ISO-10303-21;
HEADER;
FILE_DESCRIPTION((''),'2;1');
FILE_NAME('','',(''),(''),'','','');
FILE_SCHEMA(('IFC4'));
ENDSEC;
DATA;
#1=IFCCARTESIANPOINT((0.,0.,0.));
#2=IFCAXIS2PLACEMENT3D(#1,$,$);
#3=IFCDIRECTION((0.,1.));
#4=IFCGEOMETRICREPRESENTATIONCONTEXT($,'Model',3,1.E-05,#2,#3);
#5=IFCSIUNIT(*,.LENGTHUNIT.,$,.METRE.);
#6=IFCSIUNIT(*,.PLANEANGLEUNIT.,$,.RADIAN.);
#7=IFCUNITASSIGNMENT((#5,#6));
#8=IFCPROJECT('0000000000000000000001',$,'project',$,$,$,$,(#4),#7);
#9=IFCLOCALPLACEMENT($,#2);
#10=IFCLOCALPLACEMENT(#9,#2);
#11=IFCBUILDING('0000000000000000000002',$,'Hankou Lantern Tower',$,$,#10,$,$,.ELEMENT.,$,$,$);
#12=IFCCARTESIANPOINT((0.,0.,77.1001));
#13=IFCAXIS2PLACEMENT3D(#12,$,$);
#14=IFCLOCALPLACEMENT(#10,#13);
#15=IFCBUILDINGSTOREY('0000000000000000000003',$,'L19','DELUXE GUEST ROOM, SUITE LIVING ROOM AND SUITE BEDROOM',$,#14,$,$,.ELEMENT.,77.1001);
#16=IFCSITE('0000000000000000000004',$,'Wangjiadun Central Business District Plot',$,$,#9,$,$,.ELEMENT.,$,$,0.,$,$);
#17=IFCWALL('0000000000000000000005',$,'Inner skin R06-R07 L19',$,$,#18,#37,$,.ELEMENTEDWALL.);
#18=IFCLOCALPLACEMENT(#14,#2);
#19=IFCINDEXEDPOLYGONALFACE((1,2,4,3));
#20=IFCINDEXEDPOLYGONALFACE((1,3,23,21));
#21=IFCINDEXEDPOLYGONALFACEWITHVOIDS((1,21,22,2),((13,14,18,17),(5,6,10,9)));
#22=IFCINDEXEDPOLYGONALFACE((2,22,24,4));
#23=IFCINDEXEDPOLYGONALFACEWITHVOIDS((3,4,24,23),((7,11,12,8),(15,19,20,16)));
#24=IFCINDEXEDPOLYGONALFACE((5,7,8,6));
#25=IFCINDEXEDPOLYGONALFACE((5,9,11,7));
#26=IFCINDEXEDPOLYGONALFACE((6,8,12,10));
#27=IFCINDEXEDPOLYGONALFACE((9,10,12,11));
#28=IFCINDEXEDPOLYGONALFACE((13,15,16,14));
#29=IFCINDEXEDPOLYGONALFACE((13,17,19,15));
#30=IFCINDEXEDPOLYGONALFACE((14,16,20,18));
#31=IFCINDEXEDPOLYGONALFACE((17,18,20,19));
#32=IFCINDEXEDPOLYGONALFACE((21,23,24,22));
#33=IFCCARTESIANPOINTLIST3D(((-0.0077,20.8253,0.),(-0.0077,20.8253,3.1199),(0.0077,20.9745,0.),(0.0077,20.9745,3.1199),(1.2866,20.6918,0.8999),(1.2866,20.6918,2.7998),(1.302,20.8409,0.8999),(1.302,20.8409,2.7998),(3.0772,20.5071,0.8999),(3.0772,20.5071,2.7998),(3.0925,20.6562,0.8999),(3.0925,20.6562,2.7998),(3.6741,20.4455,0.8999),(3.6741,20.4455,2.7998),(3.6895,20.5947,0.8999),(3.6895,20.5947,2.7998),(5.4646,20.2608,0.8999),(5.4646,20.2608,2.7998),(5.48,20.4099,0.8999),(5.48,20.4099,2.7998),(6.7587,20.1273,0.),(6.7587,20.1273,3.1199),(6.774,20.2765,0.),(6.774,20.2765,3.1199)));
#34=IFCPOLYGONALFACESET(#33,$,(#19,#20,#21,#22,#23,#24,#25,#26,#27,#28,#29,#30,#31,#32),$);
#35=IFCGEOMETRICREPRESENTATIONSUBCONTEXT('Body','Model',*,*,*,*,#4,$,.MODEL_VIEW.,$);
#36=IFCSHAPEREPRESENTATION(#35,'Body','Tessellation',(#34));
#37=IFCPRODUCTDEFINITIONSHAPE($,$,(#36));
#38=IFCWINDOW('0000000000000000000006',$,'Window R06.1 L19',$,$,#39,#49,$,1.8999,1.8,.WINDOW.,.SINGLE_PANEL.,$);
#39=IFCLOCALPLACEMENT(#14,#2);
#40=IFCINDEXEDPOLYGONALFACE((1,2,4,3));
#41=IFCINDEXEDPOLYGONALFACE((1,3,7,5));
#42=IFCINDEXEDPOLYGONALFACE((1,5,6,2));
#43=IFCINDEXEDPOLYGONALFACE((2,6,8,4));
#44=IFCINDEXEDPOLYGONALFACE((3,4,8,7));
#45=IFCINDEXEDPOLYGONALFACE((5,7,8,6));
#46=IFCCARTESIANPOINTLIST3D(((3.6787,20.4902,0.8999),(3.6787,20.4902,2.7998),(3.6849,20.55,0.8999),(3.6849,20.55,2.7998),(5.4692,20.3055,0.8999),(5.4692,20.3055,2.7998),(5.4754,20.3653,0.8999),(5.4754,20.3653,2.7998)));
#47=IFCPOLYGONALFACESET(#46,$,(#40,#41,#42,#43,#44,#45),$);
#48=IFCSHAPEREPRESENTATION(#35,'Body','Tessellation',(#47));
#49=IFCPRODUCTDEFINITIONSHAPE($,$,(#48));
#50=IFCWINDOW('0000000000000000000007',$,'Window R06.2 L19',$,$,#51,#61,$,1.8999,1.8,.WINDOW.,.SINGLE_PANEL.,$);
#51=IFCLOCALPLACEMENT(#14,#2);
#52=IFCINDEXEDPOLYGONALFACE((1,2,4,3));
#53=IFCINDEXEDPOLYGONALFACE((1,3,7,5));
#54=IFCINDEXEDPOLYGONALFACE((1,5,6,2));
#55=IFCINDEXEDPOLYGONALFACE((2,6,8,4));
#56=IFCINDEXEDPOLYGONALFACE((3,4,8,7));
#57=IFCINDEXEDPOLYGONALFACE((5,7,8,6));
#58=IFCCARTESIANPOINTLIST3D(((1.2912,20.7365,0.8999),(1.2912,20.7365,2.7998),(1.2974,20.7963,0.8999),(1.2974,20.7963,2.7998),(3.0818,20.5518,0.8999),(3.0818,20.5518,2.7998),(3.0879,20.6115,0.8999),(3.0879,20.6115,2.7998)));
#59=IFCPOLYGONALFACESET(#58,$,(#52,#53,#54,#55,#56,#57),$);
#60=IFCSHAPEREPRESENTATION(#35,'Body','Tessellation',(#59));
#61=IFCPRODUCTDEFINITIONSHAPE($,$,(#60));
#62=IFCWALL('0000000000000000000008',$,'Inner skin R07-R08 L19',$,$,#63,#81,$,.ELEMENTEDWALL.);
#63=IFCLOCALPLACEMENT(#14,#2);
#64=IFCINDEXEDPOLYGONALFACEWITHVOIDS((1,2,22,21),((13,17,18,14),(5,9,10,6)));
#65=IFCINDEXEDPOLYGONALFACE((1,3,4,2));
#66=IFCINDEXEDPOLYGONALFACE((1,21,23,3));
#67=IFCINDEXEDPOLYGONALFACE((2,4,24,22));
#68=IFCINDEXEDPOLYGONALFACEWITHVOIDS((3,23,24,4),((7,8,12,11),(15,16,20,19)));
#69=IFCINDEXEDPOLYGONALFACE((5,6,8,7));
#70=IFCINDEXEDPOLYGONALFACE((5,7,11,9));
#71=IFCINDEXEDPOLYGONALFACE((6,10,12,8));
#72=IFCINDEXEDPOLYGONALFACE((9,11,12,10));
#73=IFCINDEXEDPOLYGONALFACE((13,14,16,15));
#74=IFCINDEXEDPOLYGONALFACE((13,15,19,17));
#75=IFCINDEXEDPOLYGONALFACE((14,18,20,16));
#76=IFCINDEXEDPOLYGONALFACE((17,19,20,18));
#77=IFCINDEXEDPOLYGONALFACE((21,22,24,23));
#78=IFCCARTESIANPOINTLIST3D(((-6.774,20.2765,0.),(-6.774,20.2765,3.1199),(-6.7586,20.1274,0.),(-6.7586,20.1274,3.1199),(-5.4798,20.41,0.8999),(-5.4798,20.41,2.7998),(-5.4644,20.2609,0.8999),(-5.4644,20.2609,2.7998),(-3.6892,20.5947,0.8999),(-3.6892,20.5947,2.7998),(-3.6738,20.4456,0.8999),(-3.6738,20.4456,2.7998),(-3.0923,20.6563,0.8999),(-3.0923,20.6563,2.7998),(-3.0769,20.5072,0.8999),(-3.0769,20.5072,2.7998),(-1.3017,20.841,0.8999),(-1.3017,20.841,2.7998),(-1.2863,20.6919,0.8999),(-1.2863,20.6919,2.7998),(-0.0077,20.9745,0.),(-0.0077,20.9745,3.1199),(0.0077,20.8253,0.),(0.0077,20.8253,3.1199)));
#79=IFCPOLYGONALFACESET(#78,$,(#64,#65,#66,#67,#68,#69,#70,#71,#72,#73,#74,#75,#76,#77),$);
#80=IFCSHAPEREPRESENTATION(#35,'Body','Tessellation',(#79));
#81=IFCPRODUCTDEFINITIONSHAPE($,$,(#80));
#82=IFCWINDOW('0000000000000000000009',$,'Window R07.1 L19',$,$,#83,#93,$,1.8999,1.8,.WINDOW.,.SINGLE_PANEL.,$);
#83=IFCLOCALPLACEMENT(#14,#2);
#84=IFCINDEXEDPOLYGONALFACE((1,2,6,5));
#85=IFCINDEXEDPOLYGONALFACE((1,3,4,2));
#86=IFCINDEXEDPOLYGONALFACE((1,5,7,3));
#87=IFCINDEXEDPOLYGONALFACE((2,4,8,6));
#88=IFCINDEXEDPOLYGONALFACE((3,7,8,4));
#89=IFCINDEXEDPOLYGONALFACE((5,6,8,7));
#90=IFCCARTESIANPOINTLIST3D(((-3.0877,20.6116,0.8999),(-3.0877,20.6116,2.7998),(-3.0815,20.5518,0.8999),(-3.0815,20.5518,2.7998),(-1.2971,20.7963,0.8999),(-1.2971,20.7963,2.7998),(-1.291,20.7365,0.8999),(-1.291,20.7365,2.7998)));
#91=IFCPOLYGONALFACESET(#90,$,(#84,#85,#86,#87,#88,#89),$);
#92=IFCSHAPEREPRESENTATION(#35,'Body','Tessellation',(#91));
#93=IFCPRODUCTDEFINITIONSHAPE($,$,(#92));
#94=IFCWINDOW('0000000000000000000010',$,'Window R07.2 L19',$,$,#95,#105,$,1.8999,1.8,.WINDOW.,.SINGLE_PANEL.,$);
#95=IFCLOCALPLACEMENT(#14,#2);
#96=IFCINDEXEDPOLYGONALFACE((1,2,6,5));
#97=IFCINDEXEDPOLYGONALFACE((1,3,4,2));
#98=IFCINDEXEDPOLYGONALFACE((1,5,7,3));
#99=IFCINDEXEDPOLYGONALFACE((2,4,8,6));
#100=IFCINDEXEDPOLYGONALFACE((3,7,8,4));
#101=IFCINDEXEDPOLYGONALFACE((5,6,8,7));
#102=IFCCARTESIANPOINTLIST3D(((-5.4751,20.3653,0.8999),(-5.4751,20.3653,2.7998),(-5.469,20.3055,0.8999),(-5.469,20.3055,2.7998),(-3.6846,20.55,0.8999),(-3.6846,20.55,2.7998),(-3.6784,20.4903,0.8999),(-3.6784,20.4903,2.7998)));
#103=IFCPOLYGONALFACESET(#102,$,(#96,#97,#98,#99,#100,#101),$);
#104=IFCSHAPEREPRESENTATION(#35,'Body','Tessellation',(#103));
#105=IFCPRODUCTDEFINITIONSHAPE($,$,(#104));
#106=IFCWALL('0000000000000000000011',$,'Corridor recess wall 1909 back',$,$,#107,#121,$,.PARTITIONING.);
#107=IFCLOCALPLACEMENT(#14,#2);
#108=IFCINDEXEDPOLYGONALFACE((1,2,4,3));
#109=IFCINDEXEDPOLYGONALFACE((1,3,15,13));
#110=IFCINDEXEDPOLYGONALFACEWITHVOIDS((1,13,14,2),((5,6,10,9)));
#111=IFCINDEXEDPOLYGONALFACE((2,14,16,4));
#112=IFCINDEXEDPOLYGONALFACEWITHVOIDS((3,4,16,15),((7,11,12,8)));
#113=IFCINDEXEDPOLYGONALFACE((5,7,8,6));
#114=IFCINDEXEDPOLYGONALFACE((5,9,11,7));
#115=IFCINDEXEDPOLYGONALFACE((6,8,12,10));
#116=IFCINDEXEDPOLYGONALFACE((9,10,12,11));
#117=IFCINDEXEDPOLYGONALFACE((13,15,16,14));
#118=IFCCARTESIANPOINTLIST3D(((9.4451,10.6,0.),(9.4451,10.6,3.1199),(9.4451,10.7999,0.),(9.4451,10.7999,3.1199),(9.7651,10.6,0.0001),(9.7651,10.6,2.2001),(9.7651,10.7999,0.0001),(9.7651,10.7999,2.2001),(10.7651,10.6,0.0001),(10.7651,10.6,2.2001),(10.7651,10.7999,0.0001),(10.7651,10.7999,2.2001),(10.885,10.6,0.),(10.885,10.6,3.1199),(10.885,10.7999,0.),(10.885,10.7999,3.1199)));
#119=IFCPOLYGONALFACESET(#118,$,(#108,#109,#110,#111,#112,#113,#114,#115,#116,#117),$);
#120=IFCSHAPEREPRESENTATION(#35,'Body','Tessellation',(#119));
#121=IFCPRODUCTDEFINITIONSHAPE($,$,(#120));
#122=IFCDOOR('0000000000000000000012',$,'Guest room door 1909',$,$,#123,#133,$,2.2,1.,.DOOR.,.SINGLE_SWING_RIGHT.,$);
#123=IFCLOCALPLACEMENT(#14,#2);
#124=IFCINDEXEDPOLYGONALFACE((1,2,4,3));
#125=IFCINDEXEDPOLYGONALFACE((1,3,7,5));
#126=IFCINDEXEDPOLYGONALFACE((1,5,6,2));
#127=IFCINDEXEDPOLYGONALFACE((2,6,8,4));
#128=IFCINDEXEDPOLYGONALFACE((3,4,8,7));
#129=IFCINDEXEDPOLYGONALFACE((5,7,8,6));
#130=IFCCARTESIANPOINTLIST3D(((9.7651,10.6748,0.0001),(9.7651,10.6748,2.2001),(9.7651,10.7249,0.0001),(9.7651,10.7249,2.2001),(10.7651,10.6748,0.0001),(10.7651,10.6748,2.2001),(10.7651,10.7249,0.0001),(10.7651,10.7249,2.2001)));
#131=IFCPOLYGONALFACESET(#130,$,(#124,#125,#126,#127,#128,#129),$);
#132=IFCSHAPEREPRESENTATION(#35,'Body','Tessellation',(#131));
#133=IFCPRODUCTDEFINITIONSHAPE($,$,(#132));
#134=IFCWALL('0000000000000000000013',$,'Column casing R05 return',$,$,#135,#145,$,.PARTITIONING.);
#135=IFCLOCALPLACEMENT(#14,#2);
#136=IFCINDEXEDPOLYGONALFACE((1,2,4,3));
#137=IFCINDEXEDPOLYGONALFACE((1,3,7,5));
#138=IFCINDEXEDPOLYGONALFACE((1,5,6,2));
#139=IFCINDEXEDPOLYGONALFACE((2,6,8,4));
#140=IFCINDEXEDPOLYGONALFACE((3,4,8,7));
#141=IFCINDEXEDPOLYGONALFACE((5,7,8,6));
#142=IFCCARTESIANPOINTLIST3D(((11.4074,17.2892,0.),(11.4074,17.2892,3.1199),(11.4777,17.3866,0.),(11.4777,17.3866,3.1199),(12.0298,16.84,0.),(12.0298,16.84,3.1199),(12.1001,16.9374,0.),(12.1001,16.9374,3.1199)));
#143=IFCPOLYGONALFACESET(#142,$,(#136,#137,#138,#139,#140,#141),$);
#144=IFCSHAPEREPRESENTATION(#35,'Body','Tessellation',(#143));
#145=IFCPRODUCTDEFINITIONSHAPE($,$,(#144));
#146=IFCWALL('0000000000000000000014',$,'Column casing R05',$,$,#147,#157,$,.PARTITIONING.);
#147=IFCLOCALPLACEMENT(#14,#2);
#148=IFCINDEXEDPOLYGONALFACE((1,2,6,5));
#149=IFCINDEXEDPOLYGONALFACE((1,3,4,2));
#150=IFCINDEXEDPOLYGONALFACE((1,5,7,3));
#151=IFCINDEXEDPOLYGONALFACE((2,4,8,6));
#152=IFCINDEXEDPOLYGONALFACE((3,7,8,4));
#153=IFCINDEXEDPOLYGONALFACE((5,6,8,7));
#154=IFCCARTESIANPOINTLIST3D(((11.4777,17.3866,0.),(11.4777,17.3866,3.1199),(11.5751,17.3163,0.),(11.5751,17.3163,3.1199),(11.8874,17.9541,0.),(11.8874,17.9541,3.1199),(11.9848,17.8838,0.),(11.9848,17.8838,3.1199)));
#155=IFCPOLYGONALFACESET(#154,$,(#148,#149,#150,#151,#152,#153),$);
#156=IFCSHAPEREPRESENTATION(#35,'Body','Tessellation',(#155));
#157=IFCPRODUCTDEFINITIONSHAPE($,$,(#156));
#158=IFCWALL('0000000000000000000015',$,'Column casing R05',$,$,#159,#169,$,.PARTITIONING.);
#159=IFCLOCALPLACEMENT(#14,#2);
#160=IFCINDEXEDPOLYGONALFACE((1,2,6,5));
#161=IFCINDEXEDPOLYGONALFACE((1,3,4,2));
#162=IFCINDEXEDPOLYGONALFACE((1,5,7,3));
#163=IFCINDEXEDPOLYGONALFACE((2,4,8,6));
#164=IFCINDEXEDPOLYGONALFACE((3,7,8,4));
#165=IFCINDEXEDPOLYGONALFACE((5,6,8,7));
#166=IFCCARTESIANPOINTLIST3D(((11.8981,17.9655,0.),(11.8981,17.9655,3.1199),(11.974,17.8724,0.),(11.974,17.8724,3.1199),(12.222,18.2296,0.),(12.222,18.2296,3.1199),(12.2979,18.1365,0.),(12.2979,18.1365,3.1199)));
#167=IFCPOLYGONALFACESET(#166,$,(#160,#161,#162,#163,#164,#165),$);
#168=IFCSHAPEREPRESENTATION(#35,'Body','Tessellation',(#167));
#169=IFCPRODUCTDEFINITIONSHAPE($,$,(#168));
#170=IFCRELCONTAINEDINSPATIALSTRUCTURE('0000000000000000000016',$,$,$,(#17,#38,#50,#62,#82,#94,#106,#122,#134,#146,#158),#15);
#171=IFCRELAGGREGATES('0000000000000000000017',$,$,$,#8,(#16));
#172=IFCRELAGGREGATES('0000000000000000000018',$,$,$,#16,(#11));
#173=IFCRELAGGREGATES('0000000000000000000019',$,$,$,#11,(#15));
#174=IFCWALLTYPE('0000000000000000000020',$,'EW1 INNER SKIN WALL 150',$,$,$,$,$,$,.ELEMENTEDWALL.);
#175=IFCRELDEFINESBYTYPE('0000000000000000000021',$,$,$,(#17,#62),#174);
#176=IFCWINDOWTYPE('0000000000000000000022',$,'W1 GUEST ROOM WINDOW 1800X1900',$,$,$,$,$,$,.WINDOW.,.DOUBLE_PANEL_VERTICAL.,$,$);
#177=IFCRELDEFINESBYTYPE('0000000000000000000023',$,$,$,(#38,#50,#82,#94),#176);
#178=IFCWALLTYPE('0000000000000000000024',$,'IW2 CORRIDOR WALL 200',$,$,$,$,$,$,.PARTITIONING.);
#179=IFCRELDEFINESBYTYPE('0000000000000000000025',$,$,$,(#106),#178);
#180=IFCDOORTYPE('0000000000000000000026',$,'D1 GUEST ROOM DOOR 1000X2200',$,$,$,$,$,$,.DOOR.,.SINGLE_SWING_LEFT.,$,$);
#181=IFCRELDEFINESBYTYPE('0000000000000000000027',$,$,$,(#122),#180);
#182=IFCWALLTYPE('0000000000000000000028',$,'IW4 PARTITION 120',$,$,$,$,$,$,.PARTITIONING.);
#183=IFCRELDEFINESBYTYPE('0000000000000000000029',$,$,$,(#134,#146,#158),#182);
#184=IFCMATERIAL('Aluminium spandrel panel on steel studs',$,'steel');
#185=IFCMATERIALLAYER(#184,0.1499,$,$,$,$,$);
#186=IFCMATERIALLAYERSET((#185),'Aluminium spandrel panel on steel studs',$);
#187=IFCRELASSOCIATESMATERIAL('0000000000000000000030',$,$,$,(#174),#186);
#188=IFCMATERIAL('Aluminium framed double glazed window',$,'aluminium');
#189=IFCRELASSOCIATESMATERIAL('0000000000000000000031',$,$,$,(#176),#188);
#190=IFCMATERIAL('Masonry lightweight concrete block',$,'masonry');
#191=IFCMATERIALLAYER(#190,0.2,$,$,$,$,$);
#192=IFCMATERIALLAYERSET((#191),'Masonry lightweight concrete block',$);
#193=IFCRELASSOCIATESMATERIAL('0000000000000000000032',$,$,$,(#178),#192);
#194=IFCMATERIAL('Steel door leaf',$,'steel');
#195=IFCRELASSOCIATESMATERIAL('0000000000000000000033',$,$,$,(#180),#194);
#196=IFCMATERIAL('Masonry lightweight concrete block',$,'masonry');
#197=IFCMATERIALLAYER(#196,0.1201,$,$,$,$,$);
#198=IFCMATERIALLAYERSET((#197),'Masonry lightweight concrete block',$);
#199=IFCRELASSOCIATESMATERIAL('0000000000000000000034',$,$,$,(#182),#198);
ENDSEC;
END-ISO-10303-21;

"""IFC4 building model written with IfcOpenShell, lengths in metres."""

from ifc_helpers import new_model, si_unit, direction, frame, frame_2d, origin, place, context, subcontext, project, spatial, rectangle, extrude, material, layer, layer_set, type_object, element, fill, save


model = new_model("IFC4")

# Units and contexts
model_context = context("Model", 3, precision=1e-05, world=origin(), true_north=direction((0.0, 1.0)))
body_context = subcontext(model_context, "Body", "Model", "MODEL_VIEW")
ifc_project = project(units=[si_unit("LENGTHUNIT", "METRE"), si_unit("PLANEANGLEUNIT", "RADIAN")], contexts=[model_context])

# Site, building, storey
site_placement = place(None, origin())
site = spatial("IfcSite", under=ifc_project, at=site_placement, Name="Wangjiadun Central Business District Plot", CompositionType="ELEMENT", RefElevation=0.0)
building_placement = place(site_placement, origin())
building = spatial("IfcBuilding", under=site, at=building_placement, Name="Hankou Lantern Tower", CompositionType="ELEMENT")
storey_placement = place(building_placement, frame((0.0, 0.0, 77.1001)))
storey = spatial("IfcBuildingStorey", under=building, at=storey_placement, Name="L19", Description="DELUXE GUEST ROOM, SUITE LIVING ROOM AND SUITE BEDROOM", CompositionType="ELEMENT", Elevation=77.1001)

# Walls, openings, windows
ifc_material_1 = material(Name="Aluminium spandrel panel on steel studs", Category="steel")
ifc_layer_1 = layer(ifc_material_1, 0.1499)
ifc_layer_set_1 = layer_set([ifc_layer_1], Name="Aluminium spandrel panel on steel studs")
wall_type_1 = type_object("IfcWallType", Name="EW1 INNER SKIN WALL 150", PredefinedType="ELEMENTEDWALL", material=ifc_layer_set_1)
wall_1_placement = place(storey_placement, frame((6.7664, 20.2019, 0.0), z_axis=(0.0, 0.0, 1.0), x_axis=(-0.994721, 0.102613, 0.0)))
wall_1 = element("IfcWall", 1, at=wall_1_placement, inside=storey, type_object=wall_type_1, Name="Inner skin R06-R07 L19", PredefinedType="ELEMENTEDWALL", context=body_context, shape_type="SweptSolid", body=[
    extrude(rectangle(XDim=6.8022, YDim=0.1499, at=frame_2d((3.4011, 0.0))), origin(), (0.0, 0.0, 1.0), 3.1199),
])
opening_1_placement = place(wall_1_placement, frame((1.301, 0.0, 0.8999)))
opening_1 = element("IfcOpeningElement", 2, at=opening_1_placement, cuts=wall_1, PredefinedType="OPENING", context=body_context, shape_type="SweptSolid", body=[
    extrude(rectangle(XDim=1.8, YDim=1.8999, at=frame_2d((0.8999, 0.95))), frame((0.0, 0.085, 0.0), z_axis=(0.0, -1.0, 0.0), x_axis=(1.0, 0.0, 0.0)), (0.0, 0.0, 1.0), 0.1699),
])
opening_2_placement = place(wall_1_placement, frame((3.7012, 0.0, 0.8999)))
opening_2 = element("IfcOpeningElement", 3, at=opening_2_placement, cuts=wall_1, PredefinedType="OPENING", context=body_context, shape_type="SweptSolid", body=[
    extrude(rectangle(XDim=1.8, YDim=1.8999, at=frame_2d((0.8999, 0.95))), frame((0.0, 0.085, 0.0), z_axis=(0.0, -1.0, 0.0), x_axis=(1.0, 0.0, 0.0)), (0.0, 0.0, 1.0), 0.1699),
])
ifc_material_2 = material(Name="Aluminium framed double glazed window", Category="aluminium")
window_type = type_object("IfcWindowType", Name="W1 GUEST ROOM WINDOW 1800X1900", PartitioningType="DOUBLE_PANEL_VERTICAL", PredefinedType="WINDOW", material=ifc_material_2)
window_1_placement = place(opening_1_placement, origin())
window_1 = element("IfcWindow", 4, at=window_1_placement, inside=storey, type_object=window_type, Name="Window R06.1 L19", OverallHeight=1.8999, OverallWidth=1.8, PartitioningType="SINGLE_PANEL", PredefinedType="WINDOW", context=body_context, shape_type="SweptSolid", body=[
    extrude(rectangle(XDim=1.8, YDim=1.8999, at=frame_2d((0.8999, 0.95))), frame((0.0, 0.03, 0.0), z_axis=(0.0, -1.0, 0.0), x_axis=(1.0, 0.0, 0.0)), (0.0, 0.0, 1.0), 0.0601),
])
fill(opening_1, window_1)
window_2_placement = place(opening_2_placement, origin())
window_2 = element("IfcWindow", 5, at=window_2_placement, inside=storey, type_object=window_type, Name="Window R06.2 L19", OverallHeight=1.8999, OverallWidth=1.8, PartitioningType="SINGLE_PANEL", PredefinedType="WINDOW", context=body_context, shape_type="SweptSolid", body=[
    extrude(rectangle(XDim=1.8, YDim=1.8999, at=frame_2d((0.8999, 0.95))), frame((0.0, 0.03, 0.0), z_axis=(0.0, -1.0, 0.0), x_axis=(1.0, 0.0, 0.0)), (0.0, 0.0, 1.0), 0.0601),
])
fill(opening_2, window_2)
wall_2_placement = place(storey_placement, frame((0.0, 20.8999, 0.0), z_axis=(0.0, 0.0, 1.0), x_axis=(-0.994721, -0.102613, 0.0)))
wall_2 = element("IfcWall", 6, at=wall_2_placement, inside=storey, type_object=wall_type_1, Name="Inner skin R07-R08 L19", PredefinedType="ELEMENTEDWALL", context=body_context, shape_type="SweptSolid", body=[
    extrude(rectangle(XDim=6.8022, YDim=0.1499, at=frame_2d((3.4011, 0.0))), origin(), (0.0, 0.0, 1.0), 3.1199),
])
opening_3_placement = place(wall_2_placement, frame((1.301, 0.0, 0.8999)))
opening_3 = element("IfcOpeningElement", 7, at=opening_3_placement, cuts=wall_2, PredefinedType="OPENING", context=body_context, shape_type="SweptSolid", body=[
    extrude(rectangle(XDim=1.8, YDim=1.8999, at=frame_2d((0.8999, 0.95))), frame((0.0, 0.085, 0.0), z_axis=(0.0, -1.0, 0.0), x_axis=(1.0, 0.0, 0.0)), (0.0, 0.0, 1.0), 0.1699),
])
opening_4_placement = place(wall_2_placement, frame((3.7012, 0.0, 0.8999)))
opening_4 = element("IfcOpeningElement", 8, at=opening_4_placement, cuts=wall_2, PredefinedType="OPENING", context=body_context, shape_type="SweptSolid", body=[
    extrude(rectangle(XDim=1.8, YDim=1.8999, at=frame_2d((0.8999, 0.95))), frame((0.0, 0.085, 0.0), z_axis=(0.0, -1.0, 0.0), x_axis=(1.0, 0.0, 0.0)), (0.0, 0.0, 1.0), 0.1699),
])
window_3_placement = place(opening_3_placement, origin())
window_3 = element("IfcWindow", 9, at=window_3_placement, inside=storey, type_object=window_type, Name="Window R07.1 L19", OverallHeight=1.8999, OverallWidth=1.8, PartitioningType="SINGLE_PANEL", PredefinedType="WINDOW", context=body_context, shape_type="SweptSolid", body=[
    extrude(rectangle(XDim=1.8, YDim=1.8999, at=frame_2d((0.8999, 0.95))), frame((0.0, 0.03, 0.0), z_axis=(0.0, -1.0, 0.0), x_axis=(1.0, 0.0, 0.0)), (0.0, 0.0, 1.0), 0.0601),
])
fill(opening_3, window_3)
window_4_placement = place(opening_4_placement, origin())
window_4 = element("IfcWindow", 10, at=window_4_placement, inside=storey, type_object=window_type, Name="Window R07.2 L19", OverallHeight=1.8999, OverallWidth=1.8, PartitioningType="SINGLE_PANEL", PredefinedType="WINDOW", context=body_context, shape_type="SweptSolid", body=[
    extrude(rectangle(XDim=1.8, YDim=1.8999, at=frame_2d((0.8999, 0.95))), frame((0.0, 0.03, 0.0), z_axis=(0.0, -1.0, 0.0), x_axis=(1.0, 0.0, 0.0)), (0.0, 0.0, 1.0), 0.0601),
])
fill(opening_4, window_4)

# Wall, opening, door
ifc_material_3 = material(Name="Masonry lightweight concrete block", Category="masonry")
ifc_layer_2 = layer(ifc_material_3, 0.2)
ifc_layer_set_2 = layer_set([ifc_layer_2], Name="Masonry lightweight concrete block")
wall_type_2 = type_object("IfcWallType", Name="IW2 CORRIDOR WALL 200", PredefinedType="PARTITIONING", material=ifc_layer_set_2)
wall_3_placement = place(storey_placement, frame((9.4451, 10.7, 0.0), z_axis=(0.0, 0.0, 1.0), x_axis=(1.0, 0.0, 0.0)))
wall_3 = element("IfcWall", 11, at=wall_3_placement, inside=storey, type_object=wall_type_2, Name="Corridor recess wall 1909 back", PredefinedType="PARTITIONING", context=body_context, shape_type="SweptSolid", body=[
    extrude(rectangle(XDim=1.4399, YDim=0.2, at=frame_2d((0.72, 0.0))), origin(), (0.0, 0.0, 1.0), 3.1199),
])
opening_5_placement = place(wall_3_placement, frame((0.3201, 0.0, 0.0)))
opening_5 = element("IfcOpeningElement", 12, at=opening_5_placement, cuts=wall_3, PredefinedType="OPENING", context=body_context, shape_type="SweptSolid", body=[
    extrude(rectangle(XDim=1.0, YDim=2.2, at=frame_2d((0.5, 1.1001))), frame((0.0, 0.1099, 0.0), z_axis=(0.0, -1.0, 0.0), x_axis=(1.0, 0.0, 0.0)), (0.0, 0.0, 1.0), 0.22),
])
ifc_material_4 = material(Name="Steel door leaf", Category="steel")
door_type = type_object("IfcDoorType", Name="D1 GUEST ROOM DOOR 1000X2200", OperationType="SINGLE_SWING_LEFT", PredefinedType="DOOR", material=ifc_material_4)
door_placement = place(opening_5_placement, origin())
door = element("IfcDoor", 13, at=door_placement, inside=storey, type_object=door_type, Name="Guest room door 1909", OperationType="SINGLE_SWING_RIGHT", OverallHeight=2.2, OverallWidth=1.0, PredefinedType="DOOR", context=body_context, shape_type="SweptSolid", body=[
    extrude(rectangle(XDim=1.0, YDim=2.2, at=frame_2d((0.5, 1.1001))), frame((0.0, 0.0249, 0.0), z_axis=(0.0, -1.0, 0.0), x_axis=(1.0, 0.0, 0.0)), (0.0, 0.0, 1.0), 0.05),
])
fill(opening_5, door)

# Walls
ifc_material_5 = material(Name="Masonry lightweight concrete block", Category="masonry")
ifc_layer_3 = layer(ifc_material_5, 0.1201)
ifc_layer_set_3 = layer_set([ifc_layer_3], Name="Masonry lightweight concrete block")
wall_type_3 = type_object("IfcWallType", Name="IW4 PARTITION 120", PredefinedType="PARTITIONING", material=ifc_layer_set_3)
wall_4_placement = place(storey_placement, frame((12.0649, 16.8887, 0.0), z_axis=(0.0, 0.0, 1.0), x_axis=(-0.810822, 0.585293, 0.0)))
element("IfcWall", 14, at=wall_4_placement, inside=storey, type_object=wall_type_3, Name="Column casing R05 return", PredefinedType="PARTITIONING", context=body_context, shape_type="SweptSolid", body=[
    extrude(rectangle(XDim=0.7676, YDim=0.1201, at=frame_2d((0.3838, 0.0))), origin(), (0.0, 0.0, 1.0), 3.1199),
])
wall_5_placement = place(storey_placement, frame((11.5264, 17.3513, 0.0), z_axis=(0.0, 0.0, 1.0), x_axis=(0.585223, 0.810872, 0.0)))
element("IfcWall", 15, at=wall_5_placement, inside=storey, type_object=wall_type_3, Name="Column casing R05", PredefinedType="PARTITIONING", context=body_context, shape_type="SweptSolid", body=[
    extrude(rectangle(XDim=0.7, YDim=0.1201, at=frame_2d((0.3501, 0.0))), origin(), (0.0, 0.0, 1.0), 3.1199),
])
wall_6_placement = place(storey_placement, frame((11.936, 17.9189, 0.0), z_axis=(0.0, 0.0, 1.0), x_axis=(0.775023, 0.631933, 0.0)))
element("IfcWall", 16, at=wall_6_placement, inside=storey, type_object=wall_type_3, Name="Column casing R05", PredefinedType="PARTITIONING", context=body_context, shape_type="SweptSolid", body=[
    extrude(rectangle(XDim=0.418, YDim=0.1201, at=frame_2d((0.209, 0.0))), origin(), (0.0, 0.0, 1.0), 3.1199),
])

save(model, "model.ifc")
